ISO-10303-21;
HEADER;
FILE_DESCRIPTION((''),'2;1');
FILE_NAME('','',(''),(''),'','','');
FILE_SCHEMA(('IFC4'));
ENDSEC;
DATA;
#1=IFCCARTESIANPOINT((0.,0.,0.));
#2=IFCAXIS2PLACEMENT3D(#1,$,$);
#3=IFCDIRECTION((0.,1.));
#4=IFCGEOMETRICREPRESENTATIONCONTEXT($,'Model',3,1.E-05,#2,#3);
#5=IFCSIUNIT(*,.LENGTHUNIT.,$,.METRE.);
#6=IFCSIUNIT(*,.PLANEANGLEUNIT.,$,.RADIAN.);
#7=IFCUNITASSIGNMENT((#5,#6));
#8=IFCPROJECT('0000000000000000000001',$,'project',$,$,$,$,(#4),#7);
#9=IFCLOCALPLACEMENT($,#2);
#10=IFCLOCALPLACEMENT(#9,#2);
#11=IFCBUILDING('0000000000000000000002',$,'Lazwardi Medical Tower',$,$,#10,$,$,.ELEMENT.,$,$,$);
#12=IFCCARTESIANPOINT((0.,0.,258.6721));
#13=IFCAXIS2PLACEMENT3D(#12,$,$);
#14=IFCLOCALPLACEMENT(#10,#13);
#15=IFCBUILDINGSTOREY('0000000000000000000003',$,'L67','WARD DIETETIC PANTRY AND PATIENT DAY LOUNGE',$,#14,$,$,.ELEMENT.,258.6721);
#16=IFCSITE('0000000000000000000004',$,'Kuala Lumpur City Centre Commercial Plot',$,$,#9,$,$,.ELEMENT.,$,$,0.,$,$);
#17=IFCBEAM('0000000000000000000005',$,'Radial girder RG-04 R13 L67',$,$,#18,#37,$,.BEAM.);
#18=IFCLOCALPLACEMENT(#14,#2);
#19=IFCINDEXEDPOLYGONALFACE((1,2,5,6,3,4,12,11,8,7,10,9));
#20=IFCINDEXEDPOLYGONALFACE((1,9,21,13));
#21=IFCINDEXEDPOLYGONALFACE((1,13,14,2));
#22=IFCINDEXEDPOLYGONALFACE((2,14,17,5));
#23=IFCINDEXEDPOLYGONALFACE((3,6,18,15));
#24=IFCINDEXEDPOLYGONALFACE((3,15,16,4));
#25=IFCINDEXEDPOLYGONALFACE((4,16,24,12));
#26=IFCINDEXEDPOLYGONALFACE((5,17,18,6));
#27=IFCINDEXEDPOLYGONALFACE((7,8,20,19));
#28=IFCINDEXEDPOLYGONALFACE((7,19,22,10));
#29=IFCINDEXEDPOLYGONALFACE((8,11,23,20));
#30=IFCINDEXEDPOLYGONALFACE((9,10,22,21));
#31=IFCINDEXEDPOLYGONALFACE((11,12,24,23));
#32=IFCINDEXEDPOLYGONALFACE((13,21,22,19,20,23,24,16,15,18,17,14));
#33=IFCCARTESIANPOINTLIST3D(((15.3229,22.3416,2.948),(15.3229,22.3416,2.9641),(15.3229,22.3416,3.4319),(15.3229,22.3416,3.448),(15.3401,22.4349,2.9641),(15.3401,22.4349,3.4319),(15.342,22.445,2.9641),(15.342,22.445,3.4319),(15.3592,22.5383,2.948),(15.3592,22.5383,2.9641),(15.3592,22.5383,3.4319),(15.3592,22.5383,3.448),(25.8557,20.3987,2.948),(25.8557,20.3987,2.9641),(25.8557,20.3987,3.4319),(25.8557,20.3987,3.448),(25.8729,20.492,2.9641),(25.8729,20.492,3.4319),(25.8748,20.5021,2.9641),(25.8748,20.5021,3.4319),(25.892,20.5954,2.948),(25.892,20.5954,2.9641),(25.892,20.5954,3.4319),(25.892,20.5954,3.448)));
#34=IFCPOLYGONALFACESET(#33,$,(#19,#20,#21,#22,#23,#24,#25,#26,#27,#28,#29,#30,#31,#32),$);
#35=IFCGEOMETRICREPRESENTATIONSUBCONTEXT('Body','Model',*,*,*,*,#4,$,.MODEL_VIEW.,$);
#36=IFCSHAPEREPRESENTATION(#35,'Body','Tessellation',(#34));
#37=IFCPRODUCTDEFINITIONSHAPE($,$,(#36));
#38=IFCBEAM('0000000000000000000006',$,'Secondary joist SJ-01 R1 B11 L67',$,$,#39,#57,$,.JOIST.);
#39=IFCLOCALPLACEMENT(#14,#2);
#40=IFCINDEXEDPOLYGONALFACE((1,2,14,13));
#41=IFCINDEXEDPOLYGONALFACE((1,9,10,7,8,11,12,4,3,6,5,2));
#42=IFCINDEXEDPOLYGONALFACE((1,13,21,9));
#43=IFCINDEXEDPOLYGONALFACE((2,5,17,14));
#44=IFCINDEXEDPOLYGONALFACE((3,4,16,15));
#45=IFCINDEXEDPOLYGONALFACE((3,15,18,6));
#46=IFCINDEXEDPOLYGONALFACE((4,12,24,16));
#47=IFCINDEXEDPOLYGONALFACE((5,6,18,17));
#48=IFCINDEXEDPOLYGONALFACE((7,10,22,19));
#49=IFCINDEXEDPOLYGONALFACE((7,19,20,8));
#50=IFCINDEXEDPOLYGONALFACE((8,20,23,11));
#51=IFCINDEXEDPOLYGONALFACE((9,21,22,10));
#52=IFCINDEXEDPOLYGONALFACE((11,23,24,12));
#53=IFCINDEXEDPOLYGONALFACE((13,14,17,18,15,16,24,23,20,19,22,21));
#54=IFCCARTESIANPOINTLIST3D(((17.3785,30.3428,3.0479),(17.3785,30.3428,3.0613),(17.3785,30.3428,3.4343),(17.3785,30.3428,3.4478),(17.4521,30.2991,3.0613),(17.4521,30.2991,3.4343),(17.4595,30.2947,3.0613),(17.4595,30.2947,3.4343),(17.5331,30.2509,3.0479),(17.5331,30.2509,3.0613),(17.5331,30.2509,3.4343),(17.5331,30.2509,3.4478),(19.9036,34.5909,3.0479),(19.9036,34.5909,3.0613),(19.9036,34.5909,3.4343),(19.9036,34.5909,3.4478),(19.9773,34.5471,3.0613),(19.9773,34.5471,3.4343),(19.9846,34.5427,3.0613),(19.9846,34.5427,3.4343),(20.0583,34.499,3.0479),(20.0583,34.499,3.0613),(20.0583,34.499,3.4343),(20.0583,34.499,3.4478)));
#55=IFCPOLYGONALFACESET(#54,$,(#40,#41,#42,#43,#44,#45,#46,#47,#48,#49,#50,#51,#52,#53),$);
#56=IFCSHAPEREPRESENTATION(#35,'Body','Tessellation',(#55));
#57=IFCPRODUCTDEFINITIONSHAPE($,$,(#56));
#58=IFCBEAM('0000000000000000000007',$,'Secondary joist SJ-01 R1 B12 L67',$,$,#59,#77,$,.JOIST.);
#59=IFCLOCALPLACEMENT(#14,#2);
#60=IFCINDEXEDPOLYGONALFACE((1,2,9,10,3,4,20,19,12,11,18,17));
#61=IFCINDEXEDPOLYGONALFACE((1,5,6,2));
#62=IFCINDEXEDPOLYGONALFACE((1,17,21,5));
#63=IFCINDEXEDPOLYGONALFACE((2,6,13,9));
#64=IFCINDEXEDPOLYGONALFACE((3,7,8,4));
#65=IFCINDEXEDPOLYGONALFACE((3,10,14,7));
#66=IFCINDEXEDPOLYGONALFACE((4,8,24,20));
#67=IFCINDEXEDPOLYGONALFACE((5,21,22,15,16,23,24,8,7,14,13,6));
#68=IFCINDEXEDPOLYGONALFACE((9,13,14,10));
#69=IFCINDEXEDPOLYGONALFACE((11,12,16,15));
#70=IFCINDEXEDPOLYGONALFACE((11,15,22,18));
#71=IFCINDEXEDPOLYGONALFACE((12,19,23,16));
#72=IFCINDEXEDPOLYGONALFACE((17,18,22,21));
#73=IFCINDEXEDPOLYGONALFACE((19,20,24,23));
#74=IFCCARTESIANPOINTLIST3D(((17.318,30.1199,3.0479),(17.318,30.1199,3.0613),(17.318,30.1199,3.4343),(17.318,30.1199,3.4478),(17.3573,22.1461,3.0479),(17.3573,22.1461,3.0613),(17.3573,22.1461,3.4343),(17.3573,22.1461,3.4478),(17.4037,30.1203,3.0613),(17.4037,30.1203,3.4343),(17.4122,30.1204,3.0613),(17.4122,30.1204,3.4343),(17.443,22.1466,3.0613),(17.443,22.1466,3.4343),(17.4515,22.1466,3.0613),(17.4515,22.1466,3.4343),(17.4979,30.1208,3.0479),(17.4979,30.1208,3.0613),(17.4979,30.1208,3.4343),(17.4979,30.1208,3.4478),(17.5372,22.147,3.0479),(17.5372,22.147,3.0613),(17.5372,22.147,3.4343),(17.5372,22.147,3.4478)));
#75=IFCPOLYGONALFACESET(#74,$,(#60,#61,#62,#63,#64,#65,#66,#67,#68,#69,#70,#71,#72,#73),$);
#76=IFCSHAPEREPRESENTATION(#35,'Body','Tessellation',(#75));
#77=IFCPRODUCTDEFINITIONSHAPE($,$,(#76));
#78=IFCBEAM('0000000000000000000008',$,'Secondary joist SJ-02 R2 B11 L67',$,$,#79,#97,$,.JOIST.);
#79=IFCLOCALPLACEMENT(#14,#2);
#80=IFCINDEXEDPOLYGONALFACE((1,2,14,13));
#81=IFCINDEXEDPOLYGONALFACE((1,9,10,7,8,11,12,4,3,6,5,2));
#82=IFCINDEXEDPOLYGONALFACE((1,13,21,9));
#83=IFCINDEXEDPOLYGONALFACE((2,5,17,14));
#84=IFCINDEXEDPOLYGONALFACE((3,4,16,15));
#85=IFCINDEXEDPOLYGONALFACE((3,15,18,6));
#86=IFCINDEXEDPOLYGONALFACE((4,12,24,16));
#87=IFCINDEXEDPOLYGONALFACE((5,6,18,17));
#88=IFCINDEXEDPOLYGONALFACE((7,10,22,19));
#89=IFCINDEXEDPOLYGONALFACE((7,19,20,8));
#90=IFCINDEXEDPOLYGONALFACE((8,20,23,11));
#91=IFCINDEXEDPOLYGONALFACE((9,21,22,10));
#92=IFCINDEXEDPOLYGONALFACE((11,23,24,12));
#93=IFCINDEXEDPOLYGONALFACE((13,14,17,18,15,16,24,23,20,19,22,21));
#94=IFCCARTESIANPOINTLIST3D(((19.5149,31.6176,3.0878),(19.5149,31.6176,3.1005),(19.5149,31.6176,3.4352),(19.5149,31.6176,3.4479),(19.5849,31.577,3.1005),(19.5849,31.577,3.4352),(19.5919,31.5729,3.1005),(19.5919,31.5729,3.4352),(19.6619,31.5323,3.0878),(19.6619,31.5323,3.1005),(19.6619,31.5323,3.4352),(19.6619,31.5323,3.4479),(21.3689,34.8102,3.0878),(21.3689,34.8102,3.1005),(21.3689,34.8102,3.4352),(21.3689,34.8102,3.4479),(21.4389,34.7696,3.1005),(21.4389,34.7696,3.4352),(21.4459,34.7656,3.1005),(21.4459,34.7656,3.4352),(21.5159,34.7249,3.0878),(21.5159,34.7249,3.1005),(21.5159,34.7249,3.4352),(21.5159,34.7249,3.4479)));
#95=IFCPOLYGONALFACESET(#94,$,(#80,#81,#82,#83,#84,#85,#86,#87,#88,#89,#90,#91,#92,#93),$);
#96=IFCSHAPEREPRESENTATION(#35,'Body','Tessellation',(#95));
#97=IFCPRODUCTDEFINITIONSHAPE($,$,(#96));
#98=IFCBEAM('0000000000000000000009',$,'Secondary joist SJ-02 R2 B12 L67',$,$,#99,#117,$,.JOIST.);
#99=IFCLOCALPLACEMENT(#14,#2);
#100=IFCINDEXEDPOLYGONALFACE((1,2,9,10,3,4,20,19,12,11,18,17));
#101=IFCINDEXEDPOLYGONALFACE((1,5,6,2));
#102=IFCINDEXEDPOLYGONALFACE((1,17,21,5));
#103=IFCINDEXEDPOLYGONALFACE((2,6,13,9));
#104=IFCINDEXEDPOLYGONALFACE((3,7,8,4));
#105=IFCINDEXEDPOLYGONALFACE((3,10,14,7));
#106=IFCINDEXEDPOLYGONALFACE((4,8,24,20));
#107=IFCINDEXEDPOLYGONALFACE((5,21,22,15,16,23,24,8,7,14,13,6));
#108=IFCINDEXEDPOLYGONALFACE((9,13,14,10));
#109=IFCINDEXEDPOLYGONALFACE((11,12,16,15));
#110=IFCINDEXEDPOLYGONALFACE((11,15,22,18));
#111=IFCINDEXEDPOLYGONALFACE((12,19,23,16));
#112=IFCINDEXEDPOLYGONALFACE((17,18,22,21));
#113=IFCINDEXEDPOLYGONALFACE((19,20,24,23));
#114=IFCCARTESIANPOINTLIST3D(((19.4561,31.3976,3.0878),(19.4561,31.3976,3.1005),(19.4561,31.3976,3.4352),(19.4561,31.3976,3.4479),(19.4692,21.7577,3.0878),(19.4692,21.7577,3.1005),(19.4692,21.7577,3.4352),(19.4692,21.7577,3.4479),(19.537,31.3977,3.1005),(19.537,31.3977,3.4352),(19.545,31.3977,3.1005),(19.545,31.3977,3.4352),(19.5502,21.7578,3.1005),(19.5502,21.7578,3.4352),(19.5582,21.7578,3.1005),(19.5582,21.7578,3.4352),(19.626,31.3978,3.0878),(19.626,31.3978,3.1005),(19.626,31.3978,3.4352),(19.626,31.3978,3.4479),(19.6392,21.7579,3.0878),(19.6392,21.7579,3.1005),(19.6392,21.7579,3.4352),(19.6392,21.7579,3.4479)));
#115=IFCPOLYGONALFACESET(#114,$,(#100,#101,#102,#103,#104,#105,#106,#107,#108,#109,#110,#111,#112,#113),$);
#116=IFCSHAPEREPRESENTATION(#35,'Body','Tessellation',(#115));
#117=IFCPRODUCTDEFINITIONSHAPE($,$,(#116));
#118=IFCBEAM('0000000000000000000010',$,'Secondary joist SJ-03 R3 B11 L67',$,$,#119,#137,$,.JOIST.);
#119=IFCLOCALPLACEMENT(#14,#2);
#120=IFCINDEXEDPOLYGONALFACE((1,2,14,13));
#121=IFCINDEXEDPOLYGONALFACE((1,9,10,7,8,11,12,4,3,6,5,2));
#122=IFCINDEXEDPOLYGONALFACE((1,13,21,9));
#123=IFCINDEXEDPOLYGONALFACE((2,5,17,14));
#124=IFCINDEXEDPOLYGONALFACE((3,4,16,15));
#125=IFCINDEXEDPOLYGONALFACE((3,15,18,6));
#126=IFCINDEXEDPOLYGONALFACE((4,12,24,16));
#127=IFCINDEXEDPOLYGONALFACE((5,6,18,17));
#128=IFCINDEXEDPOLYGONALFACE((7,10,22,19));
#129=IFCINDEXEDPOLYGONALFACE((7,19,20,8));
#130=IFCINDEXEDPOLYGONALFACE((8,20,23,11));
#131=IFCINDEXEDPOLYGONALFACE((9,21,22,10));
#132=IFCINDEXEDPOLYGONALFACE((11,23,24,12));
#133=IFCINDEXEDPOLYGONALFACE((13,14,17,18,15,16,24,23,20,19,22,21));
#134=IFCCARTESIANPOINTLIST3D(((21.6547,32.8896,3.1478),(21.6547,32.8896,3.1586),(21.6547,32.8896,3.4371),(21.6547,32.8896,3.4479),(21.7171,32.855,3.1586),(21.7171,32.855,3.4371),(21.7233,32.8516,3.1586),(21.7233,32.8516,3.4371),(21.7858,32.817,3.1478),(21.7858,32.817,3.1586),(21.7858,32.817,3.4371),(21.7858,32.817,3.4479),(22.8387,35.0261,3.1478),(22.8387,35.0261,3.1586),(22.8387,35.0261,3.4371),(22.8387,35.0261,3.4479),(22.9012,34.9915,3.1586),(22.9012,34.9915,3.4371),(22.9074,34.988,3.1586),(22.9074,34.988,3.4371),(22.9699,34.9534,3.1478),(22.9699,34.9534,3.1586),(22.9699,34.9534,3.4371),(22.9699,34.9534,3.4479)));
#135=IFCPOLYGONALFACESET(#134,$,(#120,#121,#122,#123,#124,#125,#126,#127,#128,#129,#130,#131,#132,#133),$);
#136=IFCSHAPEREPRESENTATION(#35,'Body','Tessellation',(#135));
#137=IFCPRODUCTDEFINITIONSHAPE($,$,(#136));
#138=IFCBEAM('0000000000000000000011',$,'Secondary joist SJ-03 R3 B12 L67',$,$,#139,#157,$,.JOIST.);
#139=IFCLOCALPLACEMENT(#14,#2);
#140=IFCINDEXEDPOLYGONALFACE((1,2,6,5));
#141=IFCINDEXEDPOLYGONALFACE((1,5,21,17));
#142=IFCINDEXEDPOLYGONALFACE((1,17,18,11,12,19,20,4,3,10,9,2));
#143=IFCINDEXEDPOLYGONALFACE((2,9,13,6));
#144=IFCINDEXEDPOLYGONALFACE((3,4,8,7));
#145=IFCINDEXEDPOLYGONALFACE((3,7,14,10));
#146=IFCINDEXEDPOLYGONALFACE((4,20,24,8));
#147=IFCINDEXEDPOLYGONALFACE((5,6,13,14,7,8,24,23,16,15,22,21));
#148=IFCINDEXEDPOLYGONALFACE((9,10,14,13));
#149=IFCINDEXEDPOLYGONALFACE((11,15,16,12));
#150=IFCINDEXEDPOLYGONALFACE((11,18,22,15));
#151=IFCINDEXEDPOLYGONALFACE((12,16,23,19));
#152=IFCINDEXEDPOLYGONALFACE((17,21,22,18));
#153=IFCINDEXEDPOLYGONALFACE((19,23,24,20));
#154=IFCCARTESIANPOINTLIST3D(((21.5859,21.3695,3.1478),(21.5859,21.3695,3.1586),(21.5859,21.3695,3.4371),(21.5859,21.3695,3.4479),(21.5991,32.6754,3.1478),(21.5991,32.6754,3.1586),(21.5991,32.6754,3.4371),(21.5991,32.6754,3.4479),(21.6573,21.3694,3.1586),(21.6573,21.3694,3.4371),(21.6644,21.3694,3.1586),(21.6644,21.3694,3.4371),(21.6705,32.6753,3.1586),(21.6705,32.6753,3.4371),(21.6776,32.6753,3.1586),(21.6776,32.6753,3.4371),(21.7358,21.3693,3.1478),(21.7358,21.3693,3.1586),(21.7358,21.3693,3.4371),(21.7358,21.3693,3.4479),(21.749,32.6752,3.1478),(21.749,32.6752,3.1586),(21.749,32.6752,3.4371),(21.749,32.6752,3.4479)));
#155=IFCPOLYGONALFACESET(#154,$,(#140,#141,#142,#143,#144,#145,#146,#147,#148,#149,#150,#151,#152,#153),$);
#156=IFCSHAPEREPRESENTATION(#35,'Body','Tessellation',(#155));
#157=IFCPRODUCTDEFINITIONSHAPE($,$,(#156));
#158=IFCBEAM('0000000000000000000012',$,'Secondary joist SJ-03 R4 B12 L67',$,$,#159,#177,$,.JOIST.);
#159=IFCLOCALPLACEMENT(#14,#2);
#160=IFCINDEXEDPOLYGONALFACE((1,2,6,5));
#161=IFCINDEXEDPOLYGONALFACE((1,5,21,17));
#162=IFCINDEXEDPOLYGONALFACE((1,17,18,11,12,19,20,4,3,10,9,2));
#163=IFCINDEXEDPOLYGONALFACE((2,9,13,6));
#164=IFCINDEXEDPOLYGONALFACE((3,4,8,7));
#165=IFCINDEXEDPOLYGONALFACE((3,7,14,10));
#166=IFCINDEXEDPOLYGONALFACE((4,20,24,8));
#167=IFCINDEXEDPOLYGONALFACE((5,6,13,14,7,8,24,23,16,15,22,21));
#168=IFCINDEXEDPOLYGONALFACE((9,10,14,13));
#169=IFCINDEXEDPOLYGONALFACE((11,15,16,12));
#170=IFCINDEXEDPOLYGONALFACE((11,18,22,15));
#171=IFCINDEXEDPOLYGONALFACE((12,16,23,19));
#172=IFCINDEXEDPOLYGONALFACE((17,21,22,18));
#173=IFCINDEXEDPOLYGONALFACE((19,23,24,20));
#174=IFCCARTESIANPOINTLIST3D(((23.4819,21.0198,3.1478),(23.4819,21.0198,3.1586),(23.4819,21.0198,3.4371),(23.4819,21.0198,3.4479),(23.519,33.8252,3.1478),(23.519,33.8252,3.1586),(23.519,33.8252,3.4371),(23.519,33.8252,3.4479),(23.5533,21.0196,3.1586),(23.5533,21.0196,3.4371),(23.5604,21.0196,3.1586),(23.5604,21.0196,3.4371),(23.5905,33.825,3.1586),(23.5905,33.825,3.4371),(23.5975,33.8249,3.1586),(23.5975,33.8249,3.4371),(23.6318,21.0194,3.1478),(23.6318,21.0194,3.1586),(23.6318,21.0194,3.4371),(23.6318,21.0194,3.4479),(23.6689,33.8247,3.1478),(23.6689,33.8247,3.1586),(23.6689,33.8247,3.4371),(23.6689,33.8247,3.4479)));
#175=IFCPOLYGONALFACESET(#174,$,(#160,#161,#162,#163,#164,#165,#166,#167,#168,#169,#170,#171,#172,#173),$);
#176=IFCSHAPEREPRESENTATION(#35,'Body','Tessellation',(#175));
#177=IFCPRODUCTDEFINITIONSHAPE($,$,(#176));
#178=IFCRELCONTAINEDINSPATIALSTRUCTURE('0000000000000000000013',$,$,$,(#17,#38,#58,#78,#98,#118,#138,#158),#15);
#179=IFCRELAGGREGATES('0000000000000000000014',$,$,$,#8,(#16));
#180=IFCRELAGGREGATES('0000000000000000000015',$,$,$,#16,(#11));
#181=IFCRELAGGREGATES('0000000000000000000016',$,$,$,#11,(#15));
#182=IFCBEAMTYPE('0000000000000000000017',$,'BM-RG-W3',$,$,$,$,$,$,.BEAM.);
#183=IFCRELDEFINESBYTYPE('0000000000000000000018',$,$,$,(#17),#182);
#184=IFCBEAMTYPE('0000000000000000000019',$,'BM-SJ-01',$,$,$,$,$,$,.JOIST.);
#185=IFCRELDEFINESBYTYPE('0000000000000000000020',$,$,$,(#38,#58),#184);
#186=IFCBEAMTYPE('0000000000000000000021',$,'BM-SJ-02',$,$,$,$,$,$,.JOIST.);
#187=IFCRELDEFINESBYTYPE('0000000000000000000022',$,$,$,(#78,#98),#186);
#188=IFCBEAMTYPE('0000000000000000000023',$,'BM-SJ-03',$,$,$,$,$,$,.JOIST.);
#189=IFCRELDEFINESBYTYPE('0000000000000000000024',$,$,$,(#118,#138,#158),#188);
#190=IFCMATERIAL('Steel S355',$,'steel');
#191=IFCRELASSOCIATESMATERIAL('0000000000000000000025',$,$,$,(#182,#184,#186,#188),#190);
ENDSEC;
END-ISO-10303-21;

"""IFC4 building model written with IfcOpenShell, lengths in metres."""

from ifc_helpers import new_model, si_unit, direction, frame, origin, origin_2d, place, context, subcontext, project, spatial, i_section, extrude, material, material_profile, profile_set, type_object, element, save


model = new_model("IFC4")

# Units and contexts
model_context = context("Model", 3, precision=1e-05, world=origin(), true_north=direction((0.0, 1.0)))
body_context = subcontext(model_context, "Body", "Model", "MODEL_VIEW")
ifc_project = project(units=[si_unit("LENGTHUNIT", "METRE"), si_unit("PLANEANGLEUNIT", "RADIAN")], contexts=[model_context])

# Site, building, storey
site_placement = place(None, origin())
site = spatial("IfcSite", under=ifc_project, at=site_placement, Name="Kuala Lumpur City Centre Commercial Plot", CompositionType="ELEMENT", RefElevation=0.0)
building_placement = place(site_placement, origin())
building = spatial("IfcBuilding", under=site, at=building_placement, Name="Lazwardi Medical Tower", CompositionType="ELEMENT")
storey_placement = place(building_placement, frame((0.0, 0.0, 258.6721)))
storey = spatial("IfcBuildingStorey", under=building, at=storey_placement, Name="L67", Description="WARD DIETETIC PANTRY AND PATIENT DAY LOUNGE", CompositionType="ELEMENT", Elevation=258.6721)

# Beams
ifc_material_1 = material(Name="Steel S355", Category="steel")
ifc_material_profile_1 = material_profile(ifc_material_1, i_section(OverallWidth=0.2, OverallDepth=0.5, WebThickness=0.0103, FlangeThickness=0.0161, at=origin_2d()), Name="IPE 500")
ifc_profile_set_1 = profile_set([ifc_material_profile_1], Name="Steel S355")
beam_type_1 = type_object("IfcBeamType", Name="BM-RG-W3", PredefinedType="BEAM", material=ifc_profile_set_1)
beam_1_placement = place(storey_placement, frame((15.3411, 22.4399, 3.198), z_axis=(0.983409, -0.1814, 0.0), x_axis=(0.1814, 0.983409, 0.0)))
element("IfcBeam", 1, at=beam_1_placement, inside=storey, type_object=beam_type_1, Name="Radial girder RG-04 R13 L67", PredefinedType="BEAM", context=body_context, shape_type="SweptSolid", body=[
    extrude(i_section(OverallWidth=0.2, OverallDepth=0.5, WebThickness=0.0103, FlangeThickness=0.0161, at=origin_2d()), origin(), (0.0, 0.0, 1.0), 10.7104),
])
ifc_material_profile_2 = material_profile(ifc_material_1, i_section(OverallWidth=0.1799, OverallDepth=0.3999, WebThickness=0.0085, FlangeThickness=0.0134, at=origin_2d()), Name="IPE 400")
ifc_profile_set_2 = profile_set([ifc_material_profile_2], Name="Steel S355")
beam_type_2 = type_object("IfcBeamType", Name="BM-SJ-01", PredefinedType="JOIST", material=ifc_profile_set_2)
beam_2_placement = place(storey_placement, frame((19.981, 34.5449, 3.2478), z_axis=(-0.510968, -0.8596, 0.0), x_axis=(0.8596, -0.510968, 0.0)))
element("IfcBeam", 2, at=beam_2_placement, inside=storey, type_object=beam_type_2, Name="Secondary joist SJ-01 R1 B11 L67", PredefinedType="JOIST", context=body_context, shape_type="SweptSolid", body=[
    extrude(i_section(OverallWidth=0.1799, OverallDepth=0.3999, WebThickness=0.0085, FlangeThickness=0.0134, at=origin_2d()), origin(), (0.0, 0.0, 1.0), 4.9419),
])
beam_3_placement = place(storey_placement, frame((17.408, 30.1204, 3.2478), z_axis=(0.004929, -0.999988, 0.0), x_axis=(0.999988, 0.004929, 0.0)))
element("IfcBeam", 3, at=beam_3_placement, inside=storey, type_object=beam_type_2, Name="Secondary joist SJ-01 R1 B12 L67", PredefinedType="JOIST", context=body_context, shape_type="SweptSolid", body=[
    extrude(i_section(OverallWidth=0.1799, OverallDepth=0.3999, WebThickness=0.0085, FlangeThickness=0.0134, at=origin_2d()), origin(), (0.0, 0.0, 1.0), 7.9739),
])
ifc_material_profile_3 = material_profile(ifc_material_1, i_section(OverallWidth=0.1699, OverallDepth=0.3601, WebThickness=0.0081, FlangeThickness=0.0127, at=origin_2d()), Name="IPE 360")
ifc_profile_set_3 = profile_set([ifc_material_profile_3], Name="Steel S355")
beam_type_3 = type_object("IfcBeamType", Name="BM-SJ-02", PredefinedType="JOIST", material=ifc_profile_set_3)
beam_4_placement = place(storey_placement, frame((21.4424, 34.7676, 3.2678), z_axis=(-0.50218, -0.864763, 0.0), x_axis=(0.864763, -0.50218, 0.0)))
element("IfcBeam", 4, at=beam_4_placement, inside=storey, type_object=beam_type_3, Name="Secondary joist SJ-02 R2 B11 L67", PredefinedType="JOIST", context=body_context, shape_type="SweptSolid", body=[
    extrude(i_section(OverallWidth=0.1699, OverallDepth=0.3601, WebThickness=0.0081, FlangeThickness=0.0127, at=origin_2d()), origin(), (0.0, 0.0, 1.0), 3.6919),
])
beam_5_placement = place(storey_placement, frame((19.541, 31.3977, 3.2678), z_axis=(0.001368, -0.999999, 0.0), x_axis=(0.999999, 0.001368, 0.0)))
element("IfcBeam", 5, at=beam_5_placement, inside=storey, type_object=beam_type_3, Name="Secondary joist SJ-02 R2 B12 L67", PredefinedType="JOIST", context=body_context, shape_type="SweptSolid", body=[
    extrude(i_section(OverallWidth=0.1699, OverallDepth=0.3601, WebThickness=0.0081, FlangeThickness=0.0127, at=origin_2d()), origin(), (0.0, 0.0, 1.0), 9.6399),
])
ifc_material_profile_4 = material_profile(ifc_material_1, i_section(OverallWidth=0.1499, OverallDepth=0.3, WebThickness=0.0071, FlangeThickness=0.0107, at=origin_2d()), Name="IPE 300")
ifc_profile_set_4 = profile_set([ifc_material_profile_4], Name="Steel S355")
beam_type_4 = type_object("IfcBeamType", Name="BM-SJ-03", PredefinedType="JOIST", material=ifc_profile_set_4)
beam_6_placement = place(storey_placement, frame((22.9043, 34.9897, 3.2979), z_axis=(-0.484752, -0.874652, 0.0), x_axis=(0.874652, -0.484752, 0.0)))
element("IfcBeam", 6, at=beam_6_placement, inside=storey, type_object=beam_type_4, Name="Secondary joist SJ-03 R3 B11 L67", PredefinedType="JOIST", context=body_context, shape_type="SweptSolid", body=[
    extrude(i_section(OverallWidth=0.1499, OverallDepth=0.3, WebThickness=0.0071, FlangeThickness=0.0107, at=origin_2d()), origin(), (0.0, 0.0, 1.0), 2.4426),
])
beam_7_placement = place(storey_placement, frame((21.6741, 32.6753, 3.2979), z_axis=(-0.001166, -0.999999, 0.0), x_axis=(0.999999, -0.001166, 0.0)))
element("IfcBeam", 7, at=beam_7_placement, inside=storey, type_object=beam_type_4, Name="Secondary joist SJ-03 R3 B12 L67", PredefinedType="JOIST", context=body_context, shape_type="SweptSolid", body=[
    extrude(i_section(OverallWidth=0.1499, OverallDepth=0.3, WebThickness=0.0071, FlangeThickness=0.0107, at=origin_2d()), origin(), (0.0, 0.0, 1.0), 11.3059),
])
beam_8_placement = place(storey_placement, frame((23.594, 33.825, 3.2979), z_axis=(-0.002898, -0.999996, 0.0), x_axis=(0.999996, -0.002898, 0.0)))
element("IfcBeam", 8, at=beam_8_placement, inside=storey, type_object=beam_type_4, Name="Secondary joist SJ-03 R4 B12 L67", PredefinedType="JOIST", context=body_context, shape_type="SweptSolid", body=[
    extrude(i_section(OverallWidth=0.1499, OverallDepth=0.3, WebThickness=0.0071, FlangeThickness=0.0107, at=origin_2d()), origin(), (0.0, 0.0, 1.0), 12.8054),
])

save(model, "model.ifc")
